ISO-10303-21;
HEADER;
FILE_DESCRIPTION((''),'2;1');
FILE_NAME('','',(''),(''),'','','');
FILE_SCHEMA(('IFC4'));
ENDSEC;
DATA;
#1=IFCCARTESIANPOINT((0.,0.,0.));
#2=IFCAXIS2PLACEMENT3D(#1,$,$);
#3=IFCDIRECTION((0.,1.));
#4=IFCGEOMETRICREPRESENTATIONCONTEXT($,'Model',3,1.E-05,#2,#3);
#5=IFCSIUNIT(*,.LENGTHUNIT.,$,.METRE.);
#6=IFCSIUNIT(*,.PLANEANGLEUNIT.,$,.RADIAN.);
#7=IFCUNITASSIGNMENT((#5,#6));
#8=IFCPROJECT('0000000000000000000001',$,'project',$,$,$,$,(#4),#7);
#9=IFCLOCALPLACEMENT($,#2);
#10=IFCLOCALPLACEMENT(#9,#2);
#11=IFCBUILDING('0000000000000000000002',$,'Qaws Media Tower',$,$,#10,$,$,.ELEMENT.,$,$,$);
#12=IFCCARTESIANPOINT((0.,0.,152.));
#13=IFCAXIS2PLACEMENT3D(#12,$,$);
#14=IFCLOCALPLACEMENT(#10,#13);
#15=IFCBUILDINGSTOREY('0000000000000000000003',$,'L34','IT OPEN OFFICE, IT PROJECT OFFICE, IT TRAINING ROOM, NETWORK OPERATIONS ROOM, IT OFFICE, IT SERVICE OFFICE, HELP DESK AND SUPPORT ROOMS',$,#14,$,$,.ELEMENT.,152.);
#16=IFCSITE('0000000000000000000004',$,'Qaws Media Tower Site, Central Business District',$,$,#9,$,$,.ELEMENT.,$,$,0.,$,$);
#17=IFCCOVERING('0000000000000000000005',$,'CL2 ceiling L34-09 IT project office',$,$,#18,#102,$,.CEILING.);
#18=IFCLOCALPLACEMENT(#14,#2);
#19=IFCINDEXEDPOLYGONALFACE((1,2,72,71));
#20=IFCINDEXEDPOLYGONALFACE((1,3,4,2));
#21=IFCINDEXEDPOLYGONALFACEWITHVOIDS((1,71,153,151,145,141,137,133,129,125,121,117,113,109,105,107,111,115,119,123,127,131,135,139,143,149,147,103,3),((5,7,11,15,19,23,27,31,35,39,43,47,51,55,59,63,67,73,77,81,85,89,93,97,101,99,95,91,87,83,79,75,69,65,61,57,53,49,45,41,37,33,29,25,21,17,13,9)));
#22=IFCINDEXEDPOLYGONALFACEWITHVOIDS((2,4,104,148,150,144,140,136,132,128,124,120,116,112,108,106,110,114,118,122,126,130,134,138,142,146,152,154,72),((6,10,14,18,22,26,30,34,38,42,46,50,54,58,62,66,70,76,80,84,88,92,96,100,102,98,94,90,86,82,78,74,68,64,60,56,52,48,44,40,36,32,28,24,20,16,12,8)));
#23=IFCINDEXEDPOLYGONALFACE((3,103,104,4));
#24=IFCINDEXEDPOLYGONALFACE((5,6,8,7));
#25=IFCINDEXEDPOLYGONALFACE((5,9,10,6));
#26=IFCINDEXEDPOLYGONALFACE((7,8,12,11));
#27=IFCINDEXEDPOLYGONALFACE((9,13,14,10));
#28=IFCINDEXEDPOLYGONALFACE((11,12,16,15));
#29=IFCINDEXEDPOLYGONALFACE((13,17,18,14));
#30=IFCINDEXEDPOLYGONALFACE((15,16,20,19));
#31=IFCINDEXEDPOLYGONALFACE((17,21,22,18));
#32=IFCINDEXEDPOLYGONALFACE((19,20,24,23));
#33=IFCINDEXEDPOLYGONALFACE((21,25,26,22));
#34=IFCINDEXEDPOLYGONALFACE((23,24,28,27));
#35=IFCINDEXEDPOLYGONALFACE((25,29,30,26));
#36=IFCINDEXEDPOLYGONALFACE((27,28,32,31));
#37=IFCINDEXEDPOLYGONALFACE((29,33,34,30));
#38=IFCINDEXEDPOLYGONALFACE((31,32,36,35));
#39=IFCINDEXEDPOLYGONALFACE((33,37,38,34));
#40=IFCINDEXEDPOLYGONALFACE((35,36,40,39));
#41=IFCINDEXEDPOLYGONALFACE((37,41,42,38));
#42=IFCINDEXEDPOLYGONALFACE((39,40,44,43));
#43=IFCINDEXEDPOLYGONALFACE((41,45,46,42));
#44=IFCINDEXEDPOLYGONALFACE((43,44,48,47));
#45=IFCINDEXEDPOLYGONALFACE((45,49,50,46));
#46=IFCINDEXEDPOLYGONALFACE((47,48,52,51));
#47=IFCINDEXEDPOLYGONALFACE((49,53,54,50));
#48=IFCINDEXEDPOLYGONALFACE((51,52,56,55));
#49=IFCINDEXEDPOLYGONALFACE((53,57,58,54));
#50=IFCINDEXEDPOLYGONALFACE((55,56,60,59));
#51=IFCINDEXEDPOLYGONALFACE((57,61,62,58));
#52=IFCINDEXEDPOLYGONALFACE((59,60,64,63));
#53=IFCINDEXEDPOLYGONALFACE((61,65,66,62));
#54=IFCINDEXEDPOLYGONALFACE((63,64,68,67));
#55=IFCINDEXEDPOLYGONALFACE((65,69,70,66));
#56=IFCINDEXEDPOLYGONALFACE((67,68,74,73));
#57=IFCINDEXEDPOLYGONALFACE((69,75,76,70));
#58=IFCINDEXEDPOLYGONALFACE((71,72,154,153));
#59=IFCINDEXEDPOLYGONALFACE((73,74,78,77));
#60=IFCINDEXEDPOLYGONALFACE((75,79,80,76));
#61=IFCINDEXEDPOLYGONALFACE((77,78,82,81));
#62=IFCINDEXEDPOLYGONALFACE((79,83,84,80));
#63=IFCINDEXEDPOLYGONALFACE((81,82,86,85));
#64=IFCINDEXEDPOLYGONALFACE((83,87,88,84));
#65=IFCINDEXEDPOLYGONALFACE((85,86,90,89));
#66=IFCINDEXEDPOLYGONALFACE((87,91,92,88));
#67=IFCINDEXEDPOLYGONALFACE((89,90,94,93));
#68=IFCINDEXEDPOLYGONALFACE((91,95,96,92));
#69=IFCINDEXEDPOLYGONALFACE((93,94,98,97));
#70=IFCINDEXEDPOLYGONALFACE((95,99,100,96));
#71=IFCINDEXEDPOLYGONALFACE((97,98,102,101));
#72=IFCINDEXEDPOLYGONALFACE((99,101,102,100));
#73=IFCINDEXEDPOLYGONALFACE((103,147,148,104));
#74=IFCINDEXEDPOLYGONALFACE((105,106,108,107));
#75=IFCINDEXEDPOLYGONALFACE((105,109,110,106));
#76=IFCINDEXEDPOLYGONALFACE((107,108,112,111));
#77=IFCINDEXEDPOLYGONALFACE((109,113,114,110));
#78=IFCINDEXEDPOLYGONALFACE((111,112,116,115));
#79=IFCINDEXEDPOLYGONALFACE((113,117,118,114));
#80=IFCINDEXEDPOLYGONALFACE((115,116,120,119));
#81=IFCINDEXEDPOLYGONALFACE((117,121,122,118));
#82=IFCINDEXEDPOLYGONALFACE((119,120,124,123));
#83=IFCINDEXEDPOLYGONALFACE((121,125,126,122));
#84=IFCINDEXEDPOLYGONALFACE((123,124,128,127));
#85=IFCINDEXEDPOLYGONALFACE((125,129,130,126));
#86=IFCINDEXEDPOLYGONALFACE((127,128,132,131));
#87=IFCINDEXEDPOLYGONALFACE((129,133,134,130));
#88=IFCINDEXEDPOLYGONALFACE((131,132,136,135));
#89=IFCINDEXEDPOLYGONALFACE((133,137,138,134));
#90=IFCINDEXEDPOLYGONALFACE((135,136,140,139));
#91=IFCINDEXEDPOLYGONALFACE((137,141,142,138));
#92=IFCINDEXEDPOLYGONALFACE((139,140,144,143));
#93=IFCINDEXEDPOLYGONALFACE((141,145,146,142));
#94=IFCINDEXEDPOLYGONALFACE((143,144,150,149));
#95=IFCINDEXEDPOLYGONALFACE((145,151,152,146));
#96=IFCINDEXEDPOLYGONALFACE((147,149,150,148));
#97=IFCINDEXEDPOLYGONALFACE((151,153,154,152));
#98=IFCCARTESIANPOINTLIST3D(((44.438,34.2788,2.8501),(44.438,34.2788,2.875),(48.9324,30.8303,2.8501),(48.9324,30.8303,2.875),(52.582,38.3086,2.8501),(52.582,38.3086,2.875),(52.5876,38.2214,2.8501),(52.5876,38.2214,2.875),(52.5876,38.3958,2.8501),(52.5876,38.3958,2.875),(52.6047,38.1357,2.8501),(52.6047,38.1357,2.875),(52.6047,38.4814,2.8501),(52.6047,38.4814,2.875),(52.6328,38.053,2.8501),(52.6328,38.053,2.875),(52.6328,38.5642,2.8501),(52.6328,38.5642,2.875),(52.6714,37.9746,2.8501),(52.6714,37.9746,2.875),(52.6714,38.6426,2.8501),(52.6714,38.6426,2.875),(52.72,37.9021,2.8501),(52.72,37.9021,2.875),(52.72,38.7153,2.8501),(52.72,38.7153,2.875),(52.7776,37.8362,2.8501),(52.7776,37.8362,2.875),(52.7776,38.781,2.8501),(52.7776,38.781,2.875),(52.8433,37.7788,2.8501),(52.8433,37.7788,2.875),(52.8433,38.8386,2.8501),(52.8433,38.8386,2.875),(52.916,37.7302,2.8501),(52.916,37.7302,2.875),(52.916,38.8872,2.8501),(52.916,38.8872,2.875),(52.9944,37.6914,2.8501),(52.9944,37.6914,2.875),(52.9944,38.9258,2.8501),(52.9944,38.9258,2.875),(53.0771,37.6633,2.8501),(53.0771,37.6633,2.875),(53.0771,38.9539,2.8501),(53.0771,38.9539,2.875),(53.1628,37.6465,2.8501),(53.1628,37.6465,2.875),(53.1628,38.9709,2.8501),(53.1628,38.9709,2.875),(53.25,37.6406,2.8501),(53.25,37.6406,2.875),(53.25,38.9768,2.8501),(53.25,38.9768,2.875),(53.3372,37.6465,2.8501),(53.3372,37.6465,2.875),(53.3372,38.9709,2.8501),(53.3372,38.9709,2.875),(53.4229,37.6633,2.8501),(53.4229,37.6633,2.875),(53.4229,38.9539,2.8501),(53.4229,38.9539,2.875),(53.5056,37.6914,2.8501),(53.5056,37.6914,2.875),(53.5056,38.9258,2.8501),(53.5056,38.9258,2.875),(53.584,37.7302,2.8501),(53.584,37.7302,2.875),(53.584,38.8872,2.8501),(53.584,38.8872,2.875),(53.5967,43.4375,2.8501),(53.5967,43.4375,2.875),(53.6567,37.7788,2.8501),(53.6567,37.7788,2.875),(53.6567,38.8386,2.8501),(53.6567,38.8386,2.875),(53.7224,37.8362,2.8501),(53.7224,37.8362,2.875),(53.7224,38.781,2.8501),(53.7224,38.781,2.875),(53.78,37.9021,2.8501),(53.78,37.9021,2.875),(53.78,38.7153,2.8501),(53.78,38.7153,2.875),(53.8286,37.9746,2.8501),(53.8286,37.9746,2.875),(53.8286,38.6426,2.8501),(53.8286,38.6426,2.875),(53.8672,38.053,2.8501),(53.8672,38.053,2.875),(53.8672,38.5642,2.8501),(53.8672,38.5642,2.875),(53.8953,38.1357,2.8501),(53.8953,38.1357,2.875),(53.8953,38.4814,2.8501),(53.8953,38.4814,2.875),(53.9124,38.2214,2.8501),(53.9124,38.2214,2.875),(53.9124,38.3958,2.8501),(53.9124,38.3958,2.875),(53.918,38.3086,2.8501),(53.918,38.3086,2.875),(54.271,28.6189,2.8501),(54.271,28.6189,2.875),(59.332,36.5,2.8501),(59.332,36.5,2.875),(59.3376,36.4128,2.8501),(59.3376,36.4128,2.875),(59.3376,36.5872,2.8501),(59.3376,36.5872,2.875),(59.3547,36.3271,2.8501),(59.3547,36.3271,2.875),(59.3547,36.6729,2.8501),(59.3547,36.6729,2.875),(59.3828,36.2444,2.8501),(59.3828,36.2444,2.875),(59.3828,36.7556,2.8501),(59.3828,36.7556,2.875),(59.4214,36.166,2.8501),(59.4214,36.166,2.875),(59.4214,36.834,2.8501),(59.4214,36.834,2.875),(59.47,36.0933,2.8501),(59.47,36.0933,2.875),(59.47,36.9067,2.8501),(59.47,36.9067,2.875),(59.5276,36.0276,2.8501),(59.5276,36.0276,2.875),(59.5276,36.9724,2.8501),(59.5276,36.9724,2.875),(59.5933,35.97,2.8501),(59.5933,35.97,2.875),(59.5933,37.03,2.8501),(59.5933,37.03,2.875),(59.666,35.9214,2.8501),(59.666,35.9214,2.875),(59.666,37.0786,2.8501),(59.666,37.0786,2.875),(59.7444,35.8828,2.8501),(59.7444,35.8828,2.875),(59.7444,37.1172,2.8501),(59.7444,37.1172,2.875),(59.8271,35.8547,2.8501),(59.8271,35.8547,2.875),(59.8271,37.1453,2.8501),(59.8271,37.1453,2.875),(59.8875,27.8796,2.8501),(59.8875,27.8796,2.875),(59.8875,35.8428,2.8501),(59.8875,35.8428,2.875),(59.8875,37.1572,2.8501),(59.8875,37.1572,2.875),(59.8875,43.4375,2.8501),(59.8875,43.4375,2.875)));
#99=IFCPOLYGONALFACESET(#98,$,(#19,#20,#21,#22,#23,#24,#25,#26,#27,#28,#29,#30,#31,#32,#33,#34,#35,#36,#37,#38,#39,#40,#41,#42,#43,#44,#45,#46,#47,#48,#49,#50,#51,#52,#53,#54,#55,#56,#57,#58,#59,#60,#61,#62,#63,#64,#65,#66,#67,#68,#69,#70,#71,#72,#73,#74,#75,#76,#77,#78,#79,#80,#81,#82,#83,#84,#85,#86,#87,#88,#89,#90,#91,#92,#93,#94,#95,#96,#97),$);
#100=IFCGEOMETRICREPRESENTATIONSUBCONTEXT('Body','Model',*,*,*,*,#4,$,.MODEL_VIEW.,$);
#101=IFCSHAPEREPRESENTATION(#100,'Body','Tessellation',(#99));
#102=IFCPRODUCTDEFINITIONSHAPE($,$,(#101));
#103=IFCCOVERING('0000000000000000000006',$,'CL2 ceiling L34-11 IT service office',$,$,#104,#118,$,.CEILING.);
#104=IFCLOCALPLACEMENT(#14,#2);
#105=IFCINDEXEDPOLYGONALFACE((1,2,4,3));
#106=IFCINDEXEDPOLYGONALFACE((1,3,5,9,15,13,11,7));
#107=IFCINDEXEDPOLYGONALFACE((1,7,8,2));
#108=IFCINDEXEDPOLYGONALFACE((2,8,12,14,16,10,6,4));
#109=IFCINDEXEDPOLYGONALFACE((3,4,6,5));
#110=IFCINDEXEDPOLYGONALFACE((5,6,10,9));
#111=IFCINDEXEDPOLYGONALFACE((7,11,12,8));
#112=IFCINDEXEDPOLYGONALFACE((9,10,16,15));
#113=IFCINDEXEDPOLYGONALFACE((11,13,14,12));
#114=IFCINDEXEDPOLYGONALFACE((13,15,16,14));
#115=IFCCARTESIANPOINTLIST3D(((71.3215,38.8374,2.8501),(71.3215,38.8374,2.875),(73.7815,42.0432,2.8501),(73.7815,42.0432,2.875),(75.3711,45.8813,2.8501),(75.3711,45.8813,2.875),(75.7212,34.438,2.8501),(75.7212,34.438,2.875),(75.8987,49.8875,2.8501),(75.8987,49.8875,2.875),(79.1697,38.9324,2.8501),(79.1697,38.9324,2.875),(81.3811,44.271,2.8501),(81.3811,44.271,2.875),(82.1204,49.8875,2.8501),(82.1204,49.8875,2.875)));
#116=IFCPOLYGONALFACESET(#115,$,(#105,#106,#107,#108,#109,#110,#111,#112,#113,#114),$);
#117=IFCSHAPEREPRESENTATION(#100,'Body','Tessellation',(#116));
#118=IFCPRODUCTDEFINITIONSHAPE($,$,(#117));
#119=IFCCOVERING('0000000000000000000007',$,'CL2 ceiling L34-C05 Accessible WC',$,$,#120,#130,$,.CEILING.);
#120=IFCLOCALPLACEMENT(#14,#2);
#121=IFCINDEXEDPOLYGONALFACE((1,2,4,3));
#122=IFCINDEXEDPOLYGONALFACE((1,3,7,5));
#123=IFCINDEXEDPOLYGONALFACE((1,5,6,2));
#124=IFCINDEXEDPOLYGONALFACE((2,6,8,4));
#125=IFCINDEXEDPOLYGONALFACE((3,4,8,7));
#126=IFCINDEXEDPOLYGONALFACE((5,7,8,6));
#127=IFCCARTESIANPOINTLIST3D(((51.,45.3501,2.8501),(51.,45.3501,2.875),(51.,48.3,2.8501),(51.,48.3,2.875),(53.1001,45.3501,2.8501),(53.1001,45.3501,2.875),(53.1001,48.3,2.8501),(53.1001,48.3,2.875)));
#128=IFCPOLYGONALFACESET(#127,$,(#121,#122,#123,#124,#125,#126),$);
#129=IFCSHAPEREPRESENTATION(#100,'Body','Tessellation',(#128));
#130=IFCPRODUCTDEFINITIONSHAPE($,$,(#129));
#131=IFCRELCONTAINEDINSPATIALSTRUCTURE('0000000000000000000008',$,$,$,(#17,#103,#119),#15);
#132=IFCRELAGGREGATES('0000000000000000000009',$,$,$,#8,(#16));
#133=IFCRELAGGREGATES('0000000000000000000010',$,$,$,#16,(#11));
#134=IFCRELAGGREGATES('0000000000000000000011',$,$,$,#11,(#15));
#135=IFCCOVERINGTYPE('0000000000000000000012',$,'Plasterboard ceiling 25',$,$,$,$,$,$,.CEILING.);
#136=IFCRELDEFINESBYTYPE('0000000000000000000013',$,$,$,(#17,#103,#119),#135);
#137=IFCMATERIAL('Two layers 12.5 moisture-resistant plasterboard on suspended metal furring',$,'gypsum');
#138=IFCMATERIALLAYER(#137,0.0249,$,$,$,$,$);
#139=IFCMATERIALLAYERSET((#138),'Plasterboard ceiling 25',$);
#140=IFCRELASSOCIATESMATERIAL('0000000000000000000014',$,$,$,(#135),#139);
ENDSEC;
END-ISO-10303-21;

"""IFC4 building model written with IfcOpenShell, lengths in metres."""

from ifc_helpers import new_model, si_unit, direction, frame, origin, place, context, subcontext, project, spatial, polyline, outline, extrude, material, layer, layer_set, type_object, element, save


model = new_model("IFC4")

# Units and contexts
model_context = context("Model", 3, precision=1e-05, world=origin(), true_north=direction((0.0, 1.0)))
body_context = subcontext(model_context, "Body", "Model", "MODEL_VIEW")
ifc_project = project(units=[si_unit("LENGTHUNIT", "METRE"), si_unit("PLANEANGLEUNIT", "RADIAN")], contexts=[model_context])

# Site, building, storey
site_placement = place(None, origin())
site = spatial("IfcSite", under=ifc_project, at=site_placement, Name="Qaws Media Tower Site, Central Business District", CompositionType="ELEMENT", RefElevation=0.0)
building_placement = place(site_placement, origin())
building = spatial("IfcBuilding", under=site, at=building_placement, Name="Qaws Media Tower", CompositionType="ELEMENT")
storey_placement = place(building_placement, frame((0.0, 0.0, 152.0)))
storey = spatial("IfcBuildingStorey", under=building, at=storey_placement, Name="L34", Description="IT OPEN OFFICE, IT PROJECT OFFICE, IT TRAINING ROOM, NETWORK OPERATIONS ROOM, IT OFFICE, IT SERVICE OFFICE, HELP DESK AND SUPPORT ROOMS", CompositionType="ELEMENT", Elevation=152.0)

# Coverings
ifc_material_1 = material(Name="Two layers 12.5 moisture-resistant plasterboard on suspended metal furring", Category="gypsum")
ifc_layer_1 = layer(ifc_material_1, 0.0249)
ifc_layer_set_1 = layer_set([ifc_layer_1], Name="Plasterboard ceiling 25")
covering_type_1 = type_object("IfcCoveringType", Name="Plasterboard ceiling 25", PredefinedType="CEILING", material=ifc_layer_set_1)
covering_1_placement = place(storey_placement, frame((0.0, 0.0, 2.8501)))
element("IfcCovering", 1, at=covering_1_placement, inside=storey, type_object=covering_type_1, Name="CL2 ceiling L34-09 IT project office", PredefinedType="CEILING", context=body_context, shape_type="SweptSolid", body=[
    extrude(outline(polyline([(54.271, 28.6189), (48.9324, 30.8303), (44.438, 34.2788), (53.5967, 43.4375), (59.8875, 43.4375), (59.8875, 37.1572), (59.8271, 37.1453), (59.7444, 37.1172), (59.666, 37.0786), (59.5933, 37.03), (59.5276, 36.9724), (59.47, 36.9067), (59.4214, 36.834), (59.3828, 36.7556), (59.3547, 36.6729), (59.3376, 36.5872), (59.332, 36.5), (59.3376, 36.4128), (59.3547, 36.3271), (59.3828, 36.2444), (59.4214, 36.166), (59.47, 36.0933), (59.5276, 36.0276), (59.5933, 35.97), (59.666, 35.9214), (59.7444, 35.8828), (59.8271, 35.8547), (59.8875, 35.8428), (59.8875, 27.8796), (54.271, 28.6189)]), holes=[polyline([(53.8953, 38.1357), (53.9124, 38.2214), (53.918, 38.3086), (53.9124, 38.3958), (53.8953, 38.4814), (53.8672, 38.5642), (53.8286, 38.6426), (53.78, 38.7153), (53.7224, 38.781), (53.6567, 38.8386), (53.584, 38.8872), (53.5056, 38.9258), (53.4229, 38.9539), (53.3372, 38.9709), (53.25, 38.9768), (53.1628, 38.9709), (53.0771, 38.9539), (52.9944, 38.9258), (52.916, 38.8872), (52.8433, 38.8386), (52.7776, 38.781), (52.72, 38.7153), (52.6714, 38.6426), (52.6328, 38.5642), (52.6047, 38.4814), (52.5876, 38.3958), (52.582, 38.3086), (52.5876, 38.2214), (52.6047, 38.1357), (52.6328, 38.053), (52.6714, 37.9746), (52.72, 37.9021), (52.7776, 37.8362), (52.8433, 37.7788), (52.916, 37.7302), (52.9944, 37.6914), (53.0771, 37.6633), (53.1628, 37.6465), (53.25, 37.6406), (53.3372, 37.6465), (53.4229, 37.6633), (53.5056, 37.6914), (53.584, 37.7302), (53.6567, 37.7788), (53.7224, 37.8362), (53.78, 37.9021), (53.8286, 37.9746), (53.8672, 38.053), (53.8953, 38.1357)])]), origin(), (0.0, 0.0, 1.0), 0.0249),
])
covering_2_placement = place(storey_placement, frame((0.0, 0.0, 2.8501)))
element("IfcCovering", 2, at=covering_2_placement, inside=storey, type_object=covering_type_1, Name="CL2 ceiling L34-11 IT service office", PredefinedType="CEILING", context=body_context, shape_type="SweptSolid", body=[
    extrude(outline(polyline([(81.3811, 44.271), (79.1697, 38.9324), (75.7212, 34.438), (71.3215, 38.8374), (73.7815, 42.0432), (75.3711, 45.8813), (75.8987, 49.8875), (82.1204, 49.8875), (81.3811, 44.271)])), origin(), (0.0, 0.0, 1.0), 0.0249),
])
covering_3_placement = place(storey_placement, frame((0.0, 0.0, 2.8501)))
element("IfcCovering", 3, at=covering_3_placement, inside=storey, type_object=covering_type_1, Name="CL2 ceiling L34-C05 Accessible WC", PredefinedType="CEILING", context=body_context, shape_type="SweptSolid", body=[
    extrude(outline(polyline([(51.0, 45.3501), (51.0, 48.3), (53.1001, 48.3), (53.1001, 45.3501), (51.0, 45.3501)])), origin(), (0.0, 0.0, 1.0), 0.0249),
])

save(model, "model.ifc")
